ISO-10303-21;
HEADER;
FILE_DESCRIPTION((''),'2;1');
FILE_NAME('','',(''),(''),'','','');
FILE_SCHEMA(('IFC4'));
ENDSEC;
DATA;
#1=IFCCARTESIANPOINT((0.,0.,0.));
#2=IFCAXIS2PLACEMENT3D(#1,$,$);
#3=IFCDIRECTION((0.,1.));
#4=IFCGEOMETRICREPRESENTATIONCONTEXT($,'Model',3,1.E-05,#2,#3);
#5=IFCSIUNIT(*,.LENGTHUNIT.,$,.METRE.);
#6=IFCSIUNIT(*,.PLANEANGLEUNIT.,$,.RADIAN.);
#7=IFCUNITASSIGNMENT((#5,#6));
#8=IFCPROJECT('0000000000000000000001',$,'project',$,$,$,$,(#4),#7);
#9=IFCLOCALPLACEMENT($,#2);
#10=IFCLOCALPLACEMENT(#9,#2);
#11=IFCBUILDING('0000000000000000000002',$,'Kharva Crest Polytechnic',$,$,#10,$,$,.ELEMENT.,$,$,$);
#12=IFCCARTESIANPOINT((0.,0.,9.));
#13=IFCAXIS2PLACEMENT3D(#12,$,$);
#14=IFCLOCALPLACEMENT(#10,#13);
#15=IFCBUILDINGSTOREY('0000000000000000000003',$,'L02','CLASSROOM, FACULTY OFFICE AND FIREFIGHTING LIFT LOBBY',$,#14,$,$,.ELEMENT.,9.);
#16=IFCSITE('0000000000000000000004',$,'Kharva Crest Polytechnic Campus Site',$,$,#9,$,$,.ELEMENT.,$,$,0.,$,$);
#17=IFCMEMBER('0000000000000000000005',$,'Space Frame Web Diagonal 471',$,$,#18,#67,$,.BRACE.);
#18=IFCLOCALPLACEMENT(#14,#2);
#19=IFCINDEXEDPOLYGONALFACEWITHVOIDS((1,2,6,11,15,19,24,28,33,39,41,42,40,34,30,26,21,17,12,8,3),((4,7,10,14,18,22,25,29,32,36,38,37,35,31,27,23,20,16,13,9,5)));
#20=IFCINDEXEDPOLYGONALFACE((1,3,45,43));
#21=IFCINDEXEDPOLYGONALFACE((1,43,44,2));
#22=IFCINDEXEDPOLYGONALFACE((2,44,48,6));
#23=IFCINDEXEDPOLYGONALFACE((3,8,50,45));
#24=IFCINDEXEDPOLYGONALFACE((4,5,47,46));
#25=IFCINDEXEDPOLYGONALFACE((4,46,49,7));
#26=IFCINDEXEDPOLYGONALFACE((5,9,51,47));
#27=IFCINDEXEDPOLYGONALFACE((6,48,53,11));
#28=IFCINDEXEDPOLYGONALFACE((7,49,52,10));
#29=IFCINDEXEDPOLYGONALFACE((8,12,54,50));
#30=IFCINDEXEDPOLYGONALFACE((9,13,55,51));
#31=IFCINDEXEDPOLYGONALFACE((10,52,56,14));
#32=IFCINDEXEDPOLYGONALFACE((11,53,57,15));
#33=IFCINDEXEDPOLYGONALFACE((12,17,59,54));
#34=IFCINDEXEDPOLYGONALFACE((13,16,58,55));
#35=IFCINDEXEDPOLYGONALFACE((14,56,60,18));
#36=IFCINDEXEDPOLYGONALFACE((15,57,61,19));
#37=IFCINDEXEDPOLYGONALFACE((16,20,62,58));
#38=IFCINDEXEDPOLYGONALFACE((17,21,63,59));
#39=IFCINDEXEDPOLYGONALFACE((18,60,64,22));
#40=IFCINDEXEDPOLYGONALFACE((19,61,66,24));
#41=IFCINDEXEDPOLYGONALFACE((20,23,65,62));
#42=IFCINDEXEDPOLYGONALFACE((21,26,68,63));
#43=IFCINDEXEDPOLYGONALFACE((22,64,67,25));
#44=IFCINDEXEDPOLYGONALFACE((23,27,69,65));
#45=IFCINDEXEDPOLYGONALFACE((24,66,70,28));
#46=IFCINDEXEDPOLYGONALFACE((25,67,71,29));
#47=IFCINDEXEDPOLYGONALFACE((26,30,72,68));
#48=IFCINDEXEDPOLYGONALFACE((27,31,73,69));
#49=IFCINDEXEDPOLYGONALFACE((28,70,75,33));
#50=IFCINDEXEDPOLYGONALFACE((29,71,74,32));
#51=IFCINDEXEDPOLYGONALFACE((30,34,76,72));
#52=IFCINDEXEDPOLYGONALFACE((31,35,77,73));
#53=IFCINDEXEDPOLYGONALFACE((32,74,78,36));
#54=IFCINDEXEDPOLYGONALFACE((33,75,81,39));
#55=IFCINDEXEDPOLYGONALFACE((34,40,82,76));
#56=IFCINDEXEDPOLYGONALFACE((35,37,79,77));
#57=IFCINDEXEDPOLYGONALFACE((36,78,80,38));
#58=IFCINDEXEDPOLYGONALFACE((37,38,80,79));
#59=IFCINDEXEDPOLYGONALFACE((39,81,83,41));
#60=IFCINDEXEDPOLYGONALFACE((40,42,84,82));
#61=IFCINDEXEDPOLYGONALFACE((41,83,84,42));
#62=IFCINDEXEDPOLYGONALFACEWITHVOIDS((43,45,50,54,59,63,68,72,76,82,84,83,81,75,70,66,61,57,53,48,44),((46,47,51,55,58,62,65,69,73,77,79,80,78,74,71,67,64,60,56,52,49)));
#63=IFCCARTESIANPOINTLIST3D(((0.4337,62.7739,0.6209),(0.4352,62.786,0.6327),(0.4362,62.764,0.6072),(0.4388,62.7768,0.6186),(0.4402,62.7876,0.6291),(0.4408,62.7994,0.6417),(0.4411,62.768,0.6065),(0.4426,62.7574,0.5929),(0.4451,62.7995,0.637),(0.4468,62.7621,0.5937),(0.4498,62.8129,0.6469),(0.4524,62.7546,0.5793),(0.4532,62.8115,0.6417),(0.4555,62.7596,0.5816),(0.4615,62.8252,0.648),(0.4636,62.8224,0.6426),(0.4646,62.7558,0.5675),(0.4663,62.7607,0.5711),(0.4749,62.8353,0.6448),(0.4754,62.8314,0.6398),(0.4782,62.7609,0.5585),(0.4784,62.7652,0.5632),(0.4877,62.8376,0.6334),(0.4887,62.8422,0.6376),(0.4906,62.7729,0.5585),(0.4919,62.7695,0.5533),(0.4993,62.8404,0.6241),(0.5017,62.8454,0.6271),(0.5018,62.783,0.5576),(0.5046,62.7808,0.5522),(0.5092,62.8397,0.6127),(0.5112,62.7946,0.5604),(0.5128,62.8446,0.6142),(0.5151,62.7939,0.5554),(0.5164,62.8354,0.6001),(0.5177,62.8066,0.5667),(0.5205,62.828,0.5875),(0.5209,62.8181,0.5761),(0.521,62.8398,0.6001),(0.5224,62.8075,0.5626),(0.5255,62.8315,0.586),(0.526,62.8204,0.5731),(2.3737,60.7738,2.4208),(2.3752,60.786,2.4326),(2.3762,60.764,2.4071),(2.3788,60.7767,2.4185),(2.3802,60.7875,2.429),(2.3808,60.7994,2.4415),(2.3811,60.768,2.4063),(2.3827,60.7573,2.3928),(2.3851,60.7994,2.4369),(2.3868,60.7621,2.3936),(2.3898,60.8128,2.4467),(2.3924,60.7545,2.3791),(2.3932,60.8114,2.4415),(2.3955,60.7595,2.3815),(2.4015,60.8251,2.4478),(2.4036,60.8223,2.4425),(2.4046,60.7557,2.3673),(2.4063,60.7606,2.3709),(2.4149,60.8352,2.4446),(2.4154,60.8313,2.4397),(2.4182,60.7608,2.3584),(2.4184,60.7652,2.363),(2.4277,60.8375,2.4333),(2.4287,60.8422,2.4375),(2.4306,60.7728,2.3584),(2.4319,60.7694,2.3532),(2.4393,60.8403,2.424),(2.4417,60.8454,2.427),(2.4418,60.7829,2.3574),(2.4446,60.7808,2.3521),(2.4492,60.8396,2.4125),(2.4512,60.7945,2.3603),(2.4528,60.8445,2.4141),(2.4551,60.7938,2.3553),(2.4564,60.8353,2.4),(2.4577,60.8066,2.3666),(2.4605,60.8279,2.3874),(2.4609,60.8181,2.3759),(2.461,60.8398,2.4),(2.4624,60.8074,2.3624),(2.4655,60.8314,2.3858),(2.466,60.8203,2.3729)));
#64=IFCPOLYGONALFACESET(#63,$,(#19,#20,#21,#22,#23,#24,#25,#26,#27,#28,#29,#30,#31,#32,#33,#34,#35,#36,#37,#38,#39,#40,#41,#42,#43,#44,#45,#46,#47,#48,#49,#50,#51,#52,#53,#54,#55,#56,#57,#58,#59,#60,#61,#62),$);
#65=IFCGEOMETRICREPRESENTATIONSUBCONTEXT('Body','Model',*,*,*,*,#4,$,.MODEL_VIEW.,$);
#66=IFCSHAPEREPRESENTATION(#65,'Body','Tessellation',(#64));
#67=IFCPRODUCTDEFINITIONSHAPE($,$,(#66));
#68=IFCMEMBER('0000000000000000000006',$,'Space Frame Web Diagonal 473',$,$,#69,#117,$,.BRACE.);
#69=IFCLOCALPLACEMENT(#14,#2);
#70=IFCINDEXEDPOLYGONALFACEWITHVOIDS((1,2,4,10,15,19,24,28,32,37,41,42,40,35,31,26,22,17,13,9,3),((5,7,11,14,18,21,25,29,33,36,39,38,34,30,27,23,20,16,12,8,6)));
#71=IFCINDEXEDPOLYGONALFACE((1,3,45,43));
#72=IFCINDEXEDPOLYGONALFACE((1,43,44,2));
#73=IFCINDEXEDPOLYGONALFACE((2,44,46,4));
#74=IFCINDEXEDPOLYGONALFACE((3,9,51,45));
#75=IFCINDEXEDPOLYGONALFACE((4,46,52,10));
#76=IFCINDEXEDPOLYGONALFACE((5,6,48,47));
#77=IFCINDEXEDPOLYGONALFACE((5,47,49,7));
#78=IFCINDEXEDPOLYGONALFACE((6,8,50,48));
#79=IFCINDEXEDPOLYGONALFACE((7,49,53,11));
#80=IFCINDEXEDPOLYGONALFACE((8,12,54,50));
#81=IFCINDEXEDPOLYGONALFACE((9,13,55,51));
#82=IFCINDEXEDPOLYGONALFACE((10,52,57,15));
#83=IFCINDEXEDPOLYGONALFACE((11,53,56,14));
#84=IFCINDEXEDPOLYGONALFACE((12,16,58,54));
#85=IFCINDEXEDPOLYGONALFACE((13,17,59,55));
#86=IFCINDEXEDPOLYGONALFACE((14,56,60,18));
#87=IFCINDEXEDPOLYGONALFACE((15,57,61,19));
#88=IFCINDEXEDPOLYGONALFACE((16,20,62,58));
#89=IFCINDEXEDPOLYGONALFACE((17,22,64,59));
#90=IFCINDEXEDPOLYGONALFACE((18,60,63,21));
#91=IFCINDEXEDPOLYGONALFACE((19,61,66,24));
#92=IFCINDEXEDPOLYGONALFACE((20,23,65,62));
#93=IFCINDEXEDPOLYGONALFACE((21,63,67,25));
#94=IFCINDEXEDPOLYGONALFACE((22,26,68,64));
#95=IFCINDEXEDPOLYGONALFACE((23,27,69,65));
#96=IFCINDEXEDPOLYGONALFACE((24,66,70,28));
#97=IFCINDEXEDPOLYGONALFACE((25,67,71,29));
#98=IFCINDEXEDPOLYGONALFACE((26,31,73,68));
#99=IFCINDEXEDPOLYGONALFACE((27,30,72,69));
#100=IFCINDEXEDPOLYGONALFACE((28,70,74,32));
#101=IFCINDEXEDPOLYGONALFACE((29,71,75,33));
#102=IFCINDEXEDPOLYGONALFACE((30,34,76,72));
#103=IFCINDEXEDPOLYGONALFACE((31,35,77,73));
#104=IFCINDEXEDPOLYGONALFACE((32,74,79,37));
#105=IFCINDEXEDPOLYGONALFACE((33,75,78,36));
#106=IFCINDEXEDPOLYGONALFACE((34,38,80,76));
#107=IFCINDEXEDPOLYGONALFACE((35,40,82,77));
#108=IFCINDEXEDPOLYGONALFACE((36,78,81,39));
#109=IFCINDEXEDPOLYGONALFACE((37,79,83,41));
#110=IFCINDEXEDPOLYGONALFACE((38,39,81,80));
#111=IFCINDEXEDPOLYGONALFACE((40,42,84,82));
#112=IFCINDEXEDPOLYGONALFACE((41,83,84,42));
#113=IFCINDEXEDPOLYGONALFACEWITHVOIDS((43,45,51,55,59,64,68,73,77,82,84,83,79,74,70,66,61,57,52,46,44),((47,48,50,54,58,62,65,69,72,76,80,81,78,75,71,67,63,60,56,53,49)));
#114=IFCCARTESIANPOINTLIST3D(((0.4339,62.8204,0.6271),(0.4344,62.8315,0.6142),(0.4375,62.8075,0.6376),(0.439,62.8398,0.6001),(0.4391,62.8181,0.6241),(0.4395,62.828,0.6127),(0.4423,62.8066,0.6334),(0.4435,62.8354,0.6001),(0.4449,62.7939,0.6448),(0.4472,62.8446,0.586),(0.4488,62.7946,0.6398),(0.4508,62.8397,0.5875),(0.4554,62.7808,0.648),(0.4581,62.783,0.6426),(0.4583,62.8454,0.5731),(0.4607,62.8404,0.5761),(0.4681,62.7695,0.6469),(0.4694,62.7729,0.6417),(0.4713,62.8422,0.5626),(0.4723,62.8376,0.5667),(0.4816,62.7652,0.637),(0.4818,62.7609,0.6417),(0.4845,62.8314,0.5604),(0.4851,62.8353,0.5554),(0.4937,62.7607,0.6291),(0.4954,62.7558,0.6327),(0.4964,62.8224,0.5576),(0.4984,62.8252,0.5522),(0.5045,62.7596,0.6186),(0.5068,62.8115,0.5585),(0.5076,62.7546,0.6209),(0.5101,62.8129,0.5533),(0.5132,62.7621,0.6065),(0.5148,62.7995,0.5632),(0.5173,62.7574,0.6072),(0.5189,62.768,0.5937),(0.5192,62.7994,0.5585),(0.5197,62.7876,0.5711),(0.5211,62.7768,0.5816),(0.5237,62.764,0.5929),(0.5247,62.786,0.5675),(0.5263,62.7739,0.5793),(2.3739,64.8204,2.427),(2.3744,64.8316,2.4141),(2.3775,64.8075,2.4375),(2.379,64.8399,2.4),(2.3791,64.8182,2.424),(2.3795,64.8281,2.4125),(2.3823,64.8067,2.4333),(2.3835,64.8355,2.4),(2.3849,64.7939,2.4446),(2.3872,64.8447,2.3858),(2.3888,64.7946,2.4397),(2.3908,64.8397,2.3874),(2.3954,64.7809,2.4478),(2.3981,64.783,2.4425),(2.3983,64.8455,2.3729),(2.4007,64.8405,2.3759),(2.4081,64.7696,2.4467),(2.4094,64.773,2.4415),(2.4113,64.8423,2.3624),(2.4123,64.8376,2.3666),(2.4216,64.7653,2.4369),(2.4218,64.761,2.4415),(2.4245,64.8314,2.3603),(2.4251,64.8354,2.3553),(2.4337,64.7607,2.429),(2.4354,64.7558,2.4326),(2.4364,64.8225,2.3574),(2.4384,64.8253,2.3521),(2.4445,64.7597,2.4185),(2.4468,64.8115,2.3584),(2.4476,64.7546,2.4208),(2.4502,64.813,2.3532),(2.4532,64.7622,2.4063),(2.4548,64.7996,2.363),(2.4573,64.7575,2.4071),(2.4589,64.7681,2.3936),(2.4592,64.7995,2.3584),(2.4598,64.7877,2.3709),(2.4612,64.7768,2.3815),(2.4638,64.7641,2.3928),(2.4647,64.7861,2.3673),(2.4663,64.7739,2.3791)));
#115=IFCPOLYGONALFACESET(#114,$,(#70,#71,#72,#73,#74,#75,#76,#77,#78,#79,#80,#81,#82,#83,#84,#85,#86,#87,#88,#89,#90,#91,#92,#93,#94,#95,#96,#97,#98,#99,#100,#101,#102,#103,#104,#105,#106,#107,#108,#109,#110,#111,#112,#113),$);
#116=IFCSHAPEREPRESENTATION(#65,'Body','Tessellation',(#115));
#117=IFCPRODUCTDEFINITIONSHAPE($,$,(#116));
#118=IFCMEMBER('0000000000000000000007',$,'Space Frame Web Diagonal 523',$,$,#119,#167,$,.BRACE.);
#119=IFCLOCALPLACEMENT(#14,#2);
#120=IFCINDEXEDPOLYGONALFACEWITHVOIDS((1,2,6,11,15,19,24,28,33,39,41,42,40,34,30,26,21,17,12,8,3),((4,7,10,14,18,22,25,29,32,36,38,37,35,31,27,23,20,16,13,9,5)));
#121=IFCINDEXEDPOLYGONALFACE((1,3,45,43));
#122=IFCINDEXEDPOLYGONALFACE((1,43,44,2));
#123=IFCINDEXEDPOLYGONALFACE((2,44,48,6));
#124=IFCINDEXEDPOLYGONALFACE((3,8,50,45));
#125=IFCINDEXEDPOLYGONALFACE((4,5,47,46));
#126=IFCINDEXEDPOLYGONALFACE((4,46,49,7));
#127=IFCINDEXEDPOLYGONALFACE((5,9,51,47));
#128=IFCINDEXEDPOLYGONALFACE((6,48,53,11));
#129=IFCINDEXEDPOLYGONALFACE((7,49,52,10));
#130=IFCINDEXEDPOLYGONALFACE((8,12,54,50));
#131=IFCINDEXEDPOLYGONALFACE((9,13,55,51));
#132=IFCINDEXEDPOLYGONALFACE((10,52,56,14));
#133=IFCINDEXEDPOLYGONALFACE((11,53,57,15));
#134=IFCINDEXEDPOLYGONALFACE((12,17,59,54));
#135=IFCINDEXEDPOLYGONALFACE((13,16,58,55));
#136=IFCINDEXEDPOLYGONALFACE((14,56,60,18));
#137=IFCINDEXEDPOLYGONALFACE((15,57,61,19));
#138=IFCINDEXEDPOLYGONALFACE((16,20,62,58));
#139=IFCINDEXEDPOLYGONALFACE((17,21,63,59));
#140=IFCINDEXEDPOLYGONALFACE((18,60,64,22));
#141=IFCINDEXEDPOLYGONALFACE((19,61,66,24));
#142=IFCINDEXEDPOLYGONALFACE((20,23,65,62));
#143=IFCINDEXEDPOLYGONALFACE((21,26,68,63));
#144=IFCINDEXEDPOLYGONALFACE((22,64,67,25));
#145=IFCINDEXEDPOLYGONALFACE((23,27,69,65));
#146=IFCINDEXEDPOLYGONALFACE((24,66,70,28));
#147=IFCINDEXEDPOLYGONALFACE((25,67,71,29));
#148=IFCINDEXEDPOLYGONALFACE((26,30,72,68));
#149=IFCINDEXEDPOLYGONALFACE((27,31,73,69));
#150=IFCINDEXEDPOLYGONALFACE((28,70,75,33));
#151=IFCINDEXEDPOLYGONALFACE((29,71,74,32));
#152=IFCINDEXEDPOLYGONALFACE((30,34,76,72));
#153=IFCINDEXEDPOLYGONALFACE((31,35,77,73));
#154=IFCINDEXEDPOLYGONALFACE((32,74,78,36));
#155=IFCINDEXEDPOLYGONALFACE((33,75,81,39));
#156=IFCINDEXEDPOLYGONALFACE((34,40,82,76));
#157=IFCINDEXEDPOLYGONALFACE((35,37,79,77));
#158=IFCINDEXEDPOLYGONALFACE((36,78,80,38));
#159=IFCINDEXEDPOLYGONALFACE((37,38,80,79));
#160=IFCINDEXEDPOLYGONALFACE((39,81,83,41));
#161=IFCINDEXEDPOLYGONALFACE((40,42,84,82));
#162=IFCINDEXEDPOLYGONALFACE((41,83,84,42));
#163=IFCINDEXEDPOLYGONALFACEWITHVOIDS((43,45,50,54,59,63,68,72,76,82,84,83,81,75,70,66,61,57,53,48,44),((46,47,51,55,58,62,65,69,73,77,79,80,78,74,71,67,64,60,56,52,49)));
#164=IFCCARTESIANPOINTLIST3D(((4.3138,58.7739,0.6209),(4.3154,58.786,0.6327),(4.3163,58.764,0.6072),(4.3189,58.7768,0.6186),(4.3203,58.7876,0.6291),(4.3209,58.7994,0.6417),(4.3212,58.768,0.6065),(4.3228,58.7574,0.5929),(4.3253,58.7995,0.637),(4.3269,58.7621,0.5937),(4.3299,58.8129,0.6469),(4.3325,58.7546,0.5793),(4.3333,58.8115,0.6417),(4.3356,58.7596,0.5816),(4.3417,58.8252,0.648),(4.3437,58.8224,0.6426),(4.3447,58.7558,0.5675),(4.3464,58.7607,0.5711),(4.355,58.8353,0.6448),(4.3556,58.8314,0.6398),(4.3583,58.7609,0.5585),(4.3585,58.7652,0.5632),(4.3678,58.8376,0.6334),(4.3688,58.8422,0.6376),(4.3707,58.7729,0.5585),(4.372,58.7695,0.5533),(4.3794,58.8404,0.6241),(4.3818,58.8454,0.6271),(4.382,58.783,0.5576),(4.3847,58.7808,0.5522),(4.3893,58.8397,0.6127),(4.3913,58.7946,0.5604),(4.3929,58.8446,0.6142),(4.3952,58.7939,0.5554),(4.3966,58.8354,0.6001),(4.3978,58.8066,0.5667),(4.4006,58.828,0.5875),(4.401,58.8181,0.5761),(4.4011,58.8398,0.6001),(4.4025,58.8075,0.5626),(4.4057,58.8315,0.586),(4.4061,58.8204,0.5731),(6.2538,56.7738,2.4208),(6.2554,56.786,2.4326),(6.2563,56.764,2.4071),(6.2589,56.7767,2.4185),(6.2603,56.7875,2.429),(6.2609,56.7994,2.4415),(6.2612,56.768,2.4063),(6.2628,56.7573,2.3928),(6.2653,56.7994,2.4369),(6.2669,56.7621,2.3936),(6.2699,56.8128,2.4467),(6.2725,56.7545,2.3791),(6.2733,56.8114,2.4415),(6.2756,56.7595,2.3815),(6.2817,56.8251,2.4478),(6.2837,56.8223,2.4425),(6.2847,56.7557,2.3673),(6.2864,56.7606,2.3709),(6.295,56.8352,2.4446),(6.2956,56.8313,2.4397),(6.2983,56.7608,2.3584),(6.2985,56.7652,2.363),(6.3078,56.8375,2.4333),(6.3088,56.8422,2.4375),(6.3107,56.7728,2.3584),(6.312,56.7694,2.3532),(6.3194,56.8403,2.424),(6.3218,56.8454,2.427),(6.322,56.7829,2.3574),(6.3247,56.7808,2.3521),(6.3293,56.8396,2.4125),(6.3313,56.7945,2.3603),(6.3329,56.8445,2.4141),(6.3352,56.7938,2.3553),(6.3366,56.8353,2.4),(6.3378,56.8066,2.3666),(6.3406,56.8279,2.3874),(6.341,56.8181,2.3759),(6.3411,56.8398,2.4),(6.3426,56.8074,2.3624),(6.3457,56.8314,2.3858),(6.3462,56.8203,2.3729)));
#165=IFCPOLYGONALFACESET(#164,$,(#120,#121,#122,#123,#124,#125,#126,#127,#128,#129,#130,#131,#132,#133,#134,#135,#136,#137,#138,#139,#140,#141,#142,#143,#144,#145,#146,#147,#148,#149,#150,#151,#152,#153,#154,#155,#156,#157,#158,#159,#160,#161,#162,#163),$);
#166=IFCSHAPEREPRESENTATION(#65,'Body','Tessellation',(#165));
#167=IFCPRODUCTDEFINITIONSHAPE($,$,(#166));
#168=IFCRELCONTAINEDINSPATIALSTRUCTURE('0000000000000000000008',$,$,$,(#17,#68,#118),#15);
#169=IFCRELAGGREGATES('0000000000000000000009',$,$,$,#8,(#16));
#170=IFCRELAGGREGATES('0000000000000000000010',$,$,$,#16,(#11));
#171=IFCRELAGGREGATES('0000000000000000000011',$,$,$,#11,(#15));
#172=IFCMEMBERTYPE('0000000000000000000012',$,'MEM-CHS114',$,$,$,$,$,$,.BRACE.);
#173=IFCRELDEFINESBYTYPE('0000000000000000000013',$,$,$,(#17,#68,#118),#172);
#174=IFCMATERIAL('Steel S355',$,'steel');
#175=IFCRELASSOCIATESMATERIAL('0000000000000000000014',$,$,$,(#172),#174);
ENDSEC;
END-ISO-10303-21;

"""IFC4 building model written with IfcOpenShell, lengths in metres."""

from ifc_helpers import new_model, si_unit, direction, frame, origin, origin_2d, place, context, subcontext, project, spatial, hollow_circle, extrude, material, material_profile, profile_set, type_object, element, save


model = new_model("IFC4")

# Units and contexts
model_context = context("Model", 3, precision=1e-05, world=origin(), true_north=direction((0.0, 1.0)))
body_context = subcontext(model_context, "Body", "Model", "MODEL_VIEW")
ifc_project = project(units=[si_unit("LENGTHUNIT", "METRE"), si_unit("PLANEANGLEUNIT", "RADIAN")], contexts=[model_context])

# Site, building, storey
site_placement = place(None, origin())
site = spatial("IfcSite", under=ifc_project, at=site_placement, Name="Kharva Crest Polytechnic Campus Site", CompositionType="ELEMENT", RefElevation=0.0)
building_placement = place(site_placement, origin())
building = spatial("IfcBuilding", under=site, at=building_placement, Name="Kharva Crest Polytechnic", CompositionType="ELEMENT")
storey_placement = place(building_placement, frame((0.0, 0.0, 9.0)))
storey = spatial("IfcBuildingStorey", under=building, at=storey_placement, Name="L02", Description="CLASSROOM, FACULTY OFFICE AND FIREFIGHTING LIFT LOBBY", CompositionType="ELEMENT", Elevation=9.0)

# Shared definitions
ifc_material_1 = material(Name="Steel S355", Category="steel")

# Members
ifc_material_profile_1 = material_profile(ifc_material_1, hollow_circle(Radius=0.0571, WallThickness=0.0063, at=origin_2d()), Name="CHS 114.3X6.3")
ifc_profile_set_1 = profile_set([ifc_material_profile_1], Name="Steel S355")
member_type_1 = type_object("IfcMemberType", Name="MEM-CHS114", PredefinedType="BRACE", material=ifc_profile_set_1)
for number, where, z_axis, x_axis, name in (
    (1, (0.48, 62.8, 0.6001), (0.584843, -0.60295, 0.542596), (0.717802, 0.696247, 0.0), "Space Frame Web Diagonal 471"),
    (2, (0.48, 62.8, 0.6001), (0.584843, 0.60295, 0.542596), (-0.717802, 0.696247, 0.0), "Space Frame Web Diagonal 473"),
    (3, (4.3601, 58.8, 0.6001), (0.584843, -0.60295, 0.542596), (0.717802, 0.696247, 0.0), "Space Frame Web Diagonal 523"),
):
    element("IfcMember", number, at=place(storey_placement, frame(where, z_axis=z_axis, x_axis=x_axis)), inside=storey, type_object=member_type_1, Name=name, PredefinedType="BRACE", context=body_context, shape_type="SweptSolid", body=[
        extrude(hollow_circle(Radius=0.0571, WallThickness=0.0063, at=origin_2d()), origin(), (0.0, 0.0, 1.0), 3.3171),
    ])

save(model, "model.ifc")
